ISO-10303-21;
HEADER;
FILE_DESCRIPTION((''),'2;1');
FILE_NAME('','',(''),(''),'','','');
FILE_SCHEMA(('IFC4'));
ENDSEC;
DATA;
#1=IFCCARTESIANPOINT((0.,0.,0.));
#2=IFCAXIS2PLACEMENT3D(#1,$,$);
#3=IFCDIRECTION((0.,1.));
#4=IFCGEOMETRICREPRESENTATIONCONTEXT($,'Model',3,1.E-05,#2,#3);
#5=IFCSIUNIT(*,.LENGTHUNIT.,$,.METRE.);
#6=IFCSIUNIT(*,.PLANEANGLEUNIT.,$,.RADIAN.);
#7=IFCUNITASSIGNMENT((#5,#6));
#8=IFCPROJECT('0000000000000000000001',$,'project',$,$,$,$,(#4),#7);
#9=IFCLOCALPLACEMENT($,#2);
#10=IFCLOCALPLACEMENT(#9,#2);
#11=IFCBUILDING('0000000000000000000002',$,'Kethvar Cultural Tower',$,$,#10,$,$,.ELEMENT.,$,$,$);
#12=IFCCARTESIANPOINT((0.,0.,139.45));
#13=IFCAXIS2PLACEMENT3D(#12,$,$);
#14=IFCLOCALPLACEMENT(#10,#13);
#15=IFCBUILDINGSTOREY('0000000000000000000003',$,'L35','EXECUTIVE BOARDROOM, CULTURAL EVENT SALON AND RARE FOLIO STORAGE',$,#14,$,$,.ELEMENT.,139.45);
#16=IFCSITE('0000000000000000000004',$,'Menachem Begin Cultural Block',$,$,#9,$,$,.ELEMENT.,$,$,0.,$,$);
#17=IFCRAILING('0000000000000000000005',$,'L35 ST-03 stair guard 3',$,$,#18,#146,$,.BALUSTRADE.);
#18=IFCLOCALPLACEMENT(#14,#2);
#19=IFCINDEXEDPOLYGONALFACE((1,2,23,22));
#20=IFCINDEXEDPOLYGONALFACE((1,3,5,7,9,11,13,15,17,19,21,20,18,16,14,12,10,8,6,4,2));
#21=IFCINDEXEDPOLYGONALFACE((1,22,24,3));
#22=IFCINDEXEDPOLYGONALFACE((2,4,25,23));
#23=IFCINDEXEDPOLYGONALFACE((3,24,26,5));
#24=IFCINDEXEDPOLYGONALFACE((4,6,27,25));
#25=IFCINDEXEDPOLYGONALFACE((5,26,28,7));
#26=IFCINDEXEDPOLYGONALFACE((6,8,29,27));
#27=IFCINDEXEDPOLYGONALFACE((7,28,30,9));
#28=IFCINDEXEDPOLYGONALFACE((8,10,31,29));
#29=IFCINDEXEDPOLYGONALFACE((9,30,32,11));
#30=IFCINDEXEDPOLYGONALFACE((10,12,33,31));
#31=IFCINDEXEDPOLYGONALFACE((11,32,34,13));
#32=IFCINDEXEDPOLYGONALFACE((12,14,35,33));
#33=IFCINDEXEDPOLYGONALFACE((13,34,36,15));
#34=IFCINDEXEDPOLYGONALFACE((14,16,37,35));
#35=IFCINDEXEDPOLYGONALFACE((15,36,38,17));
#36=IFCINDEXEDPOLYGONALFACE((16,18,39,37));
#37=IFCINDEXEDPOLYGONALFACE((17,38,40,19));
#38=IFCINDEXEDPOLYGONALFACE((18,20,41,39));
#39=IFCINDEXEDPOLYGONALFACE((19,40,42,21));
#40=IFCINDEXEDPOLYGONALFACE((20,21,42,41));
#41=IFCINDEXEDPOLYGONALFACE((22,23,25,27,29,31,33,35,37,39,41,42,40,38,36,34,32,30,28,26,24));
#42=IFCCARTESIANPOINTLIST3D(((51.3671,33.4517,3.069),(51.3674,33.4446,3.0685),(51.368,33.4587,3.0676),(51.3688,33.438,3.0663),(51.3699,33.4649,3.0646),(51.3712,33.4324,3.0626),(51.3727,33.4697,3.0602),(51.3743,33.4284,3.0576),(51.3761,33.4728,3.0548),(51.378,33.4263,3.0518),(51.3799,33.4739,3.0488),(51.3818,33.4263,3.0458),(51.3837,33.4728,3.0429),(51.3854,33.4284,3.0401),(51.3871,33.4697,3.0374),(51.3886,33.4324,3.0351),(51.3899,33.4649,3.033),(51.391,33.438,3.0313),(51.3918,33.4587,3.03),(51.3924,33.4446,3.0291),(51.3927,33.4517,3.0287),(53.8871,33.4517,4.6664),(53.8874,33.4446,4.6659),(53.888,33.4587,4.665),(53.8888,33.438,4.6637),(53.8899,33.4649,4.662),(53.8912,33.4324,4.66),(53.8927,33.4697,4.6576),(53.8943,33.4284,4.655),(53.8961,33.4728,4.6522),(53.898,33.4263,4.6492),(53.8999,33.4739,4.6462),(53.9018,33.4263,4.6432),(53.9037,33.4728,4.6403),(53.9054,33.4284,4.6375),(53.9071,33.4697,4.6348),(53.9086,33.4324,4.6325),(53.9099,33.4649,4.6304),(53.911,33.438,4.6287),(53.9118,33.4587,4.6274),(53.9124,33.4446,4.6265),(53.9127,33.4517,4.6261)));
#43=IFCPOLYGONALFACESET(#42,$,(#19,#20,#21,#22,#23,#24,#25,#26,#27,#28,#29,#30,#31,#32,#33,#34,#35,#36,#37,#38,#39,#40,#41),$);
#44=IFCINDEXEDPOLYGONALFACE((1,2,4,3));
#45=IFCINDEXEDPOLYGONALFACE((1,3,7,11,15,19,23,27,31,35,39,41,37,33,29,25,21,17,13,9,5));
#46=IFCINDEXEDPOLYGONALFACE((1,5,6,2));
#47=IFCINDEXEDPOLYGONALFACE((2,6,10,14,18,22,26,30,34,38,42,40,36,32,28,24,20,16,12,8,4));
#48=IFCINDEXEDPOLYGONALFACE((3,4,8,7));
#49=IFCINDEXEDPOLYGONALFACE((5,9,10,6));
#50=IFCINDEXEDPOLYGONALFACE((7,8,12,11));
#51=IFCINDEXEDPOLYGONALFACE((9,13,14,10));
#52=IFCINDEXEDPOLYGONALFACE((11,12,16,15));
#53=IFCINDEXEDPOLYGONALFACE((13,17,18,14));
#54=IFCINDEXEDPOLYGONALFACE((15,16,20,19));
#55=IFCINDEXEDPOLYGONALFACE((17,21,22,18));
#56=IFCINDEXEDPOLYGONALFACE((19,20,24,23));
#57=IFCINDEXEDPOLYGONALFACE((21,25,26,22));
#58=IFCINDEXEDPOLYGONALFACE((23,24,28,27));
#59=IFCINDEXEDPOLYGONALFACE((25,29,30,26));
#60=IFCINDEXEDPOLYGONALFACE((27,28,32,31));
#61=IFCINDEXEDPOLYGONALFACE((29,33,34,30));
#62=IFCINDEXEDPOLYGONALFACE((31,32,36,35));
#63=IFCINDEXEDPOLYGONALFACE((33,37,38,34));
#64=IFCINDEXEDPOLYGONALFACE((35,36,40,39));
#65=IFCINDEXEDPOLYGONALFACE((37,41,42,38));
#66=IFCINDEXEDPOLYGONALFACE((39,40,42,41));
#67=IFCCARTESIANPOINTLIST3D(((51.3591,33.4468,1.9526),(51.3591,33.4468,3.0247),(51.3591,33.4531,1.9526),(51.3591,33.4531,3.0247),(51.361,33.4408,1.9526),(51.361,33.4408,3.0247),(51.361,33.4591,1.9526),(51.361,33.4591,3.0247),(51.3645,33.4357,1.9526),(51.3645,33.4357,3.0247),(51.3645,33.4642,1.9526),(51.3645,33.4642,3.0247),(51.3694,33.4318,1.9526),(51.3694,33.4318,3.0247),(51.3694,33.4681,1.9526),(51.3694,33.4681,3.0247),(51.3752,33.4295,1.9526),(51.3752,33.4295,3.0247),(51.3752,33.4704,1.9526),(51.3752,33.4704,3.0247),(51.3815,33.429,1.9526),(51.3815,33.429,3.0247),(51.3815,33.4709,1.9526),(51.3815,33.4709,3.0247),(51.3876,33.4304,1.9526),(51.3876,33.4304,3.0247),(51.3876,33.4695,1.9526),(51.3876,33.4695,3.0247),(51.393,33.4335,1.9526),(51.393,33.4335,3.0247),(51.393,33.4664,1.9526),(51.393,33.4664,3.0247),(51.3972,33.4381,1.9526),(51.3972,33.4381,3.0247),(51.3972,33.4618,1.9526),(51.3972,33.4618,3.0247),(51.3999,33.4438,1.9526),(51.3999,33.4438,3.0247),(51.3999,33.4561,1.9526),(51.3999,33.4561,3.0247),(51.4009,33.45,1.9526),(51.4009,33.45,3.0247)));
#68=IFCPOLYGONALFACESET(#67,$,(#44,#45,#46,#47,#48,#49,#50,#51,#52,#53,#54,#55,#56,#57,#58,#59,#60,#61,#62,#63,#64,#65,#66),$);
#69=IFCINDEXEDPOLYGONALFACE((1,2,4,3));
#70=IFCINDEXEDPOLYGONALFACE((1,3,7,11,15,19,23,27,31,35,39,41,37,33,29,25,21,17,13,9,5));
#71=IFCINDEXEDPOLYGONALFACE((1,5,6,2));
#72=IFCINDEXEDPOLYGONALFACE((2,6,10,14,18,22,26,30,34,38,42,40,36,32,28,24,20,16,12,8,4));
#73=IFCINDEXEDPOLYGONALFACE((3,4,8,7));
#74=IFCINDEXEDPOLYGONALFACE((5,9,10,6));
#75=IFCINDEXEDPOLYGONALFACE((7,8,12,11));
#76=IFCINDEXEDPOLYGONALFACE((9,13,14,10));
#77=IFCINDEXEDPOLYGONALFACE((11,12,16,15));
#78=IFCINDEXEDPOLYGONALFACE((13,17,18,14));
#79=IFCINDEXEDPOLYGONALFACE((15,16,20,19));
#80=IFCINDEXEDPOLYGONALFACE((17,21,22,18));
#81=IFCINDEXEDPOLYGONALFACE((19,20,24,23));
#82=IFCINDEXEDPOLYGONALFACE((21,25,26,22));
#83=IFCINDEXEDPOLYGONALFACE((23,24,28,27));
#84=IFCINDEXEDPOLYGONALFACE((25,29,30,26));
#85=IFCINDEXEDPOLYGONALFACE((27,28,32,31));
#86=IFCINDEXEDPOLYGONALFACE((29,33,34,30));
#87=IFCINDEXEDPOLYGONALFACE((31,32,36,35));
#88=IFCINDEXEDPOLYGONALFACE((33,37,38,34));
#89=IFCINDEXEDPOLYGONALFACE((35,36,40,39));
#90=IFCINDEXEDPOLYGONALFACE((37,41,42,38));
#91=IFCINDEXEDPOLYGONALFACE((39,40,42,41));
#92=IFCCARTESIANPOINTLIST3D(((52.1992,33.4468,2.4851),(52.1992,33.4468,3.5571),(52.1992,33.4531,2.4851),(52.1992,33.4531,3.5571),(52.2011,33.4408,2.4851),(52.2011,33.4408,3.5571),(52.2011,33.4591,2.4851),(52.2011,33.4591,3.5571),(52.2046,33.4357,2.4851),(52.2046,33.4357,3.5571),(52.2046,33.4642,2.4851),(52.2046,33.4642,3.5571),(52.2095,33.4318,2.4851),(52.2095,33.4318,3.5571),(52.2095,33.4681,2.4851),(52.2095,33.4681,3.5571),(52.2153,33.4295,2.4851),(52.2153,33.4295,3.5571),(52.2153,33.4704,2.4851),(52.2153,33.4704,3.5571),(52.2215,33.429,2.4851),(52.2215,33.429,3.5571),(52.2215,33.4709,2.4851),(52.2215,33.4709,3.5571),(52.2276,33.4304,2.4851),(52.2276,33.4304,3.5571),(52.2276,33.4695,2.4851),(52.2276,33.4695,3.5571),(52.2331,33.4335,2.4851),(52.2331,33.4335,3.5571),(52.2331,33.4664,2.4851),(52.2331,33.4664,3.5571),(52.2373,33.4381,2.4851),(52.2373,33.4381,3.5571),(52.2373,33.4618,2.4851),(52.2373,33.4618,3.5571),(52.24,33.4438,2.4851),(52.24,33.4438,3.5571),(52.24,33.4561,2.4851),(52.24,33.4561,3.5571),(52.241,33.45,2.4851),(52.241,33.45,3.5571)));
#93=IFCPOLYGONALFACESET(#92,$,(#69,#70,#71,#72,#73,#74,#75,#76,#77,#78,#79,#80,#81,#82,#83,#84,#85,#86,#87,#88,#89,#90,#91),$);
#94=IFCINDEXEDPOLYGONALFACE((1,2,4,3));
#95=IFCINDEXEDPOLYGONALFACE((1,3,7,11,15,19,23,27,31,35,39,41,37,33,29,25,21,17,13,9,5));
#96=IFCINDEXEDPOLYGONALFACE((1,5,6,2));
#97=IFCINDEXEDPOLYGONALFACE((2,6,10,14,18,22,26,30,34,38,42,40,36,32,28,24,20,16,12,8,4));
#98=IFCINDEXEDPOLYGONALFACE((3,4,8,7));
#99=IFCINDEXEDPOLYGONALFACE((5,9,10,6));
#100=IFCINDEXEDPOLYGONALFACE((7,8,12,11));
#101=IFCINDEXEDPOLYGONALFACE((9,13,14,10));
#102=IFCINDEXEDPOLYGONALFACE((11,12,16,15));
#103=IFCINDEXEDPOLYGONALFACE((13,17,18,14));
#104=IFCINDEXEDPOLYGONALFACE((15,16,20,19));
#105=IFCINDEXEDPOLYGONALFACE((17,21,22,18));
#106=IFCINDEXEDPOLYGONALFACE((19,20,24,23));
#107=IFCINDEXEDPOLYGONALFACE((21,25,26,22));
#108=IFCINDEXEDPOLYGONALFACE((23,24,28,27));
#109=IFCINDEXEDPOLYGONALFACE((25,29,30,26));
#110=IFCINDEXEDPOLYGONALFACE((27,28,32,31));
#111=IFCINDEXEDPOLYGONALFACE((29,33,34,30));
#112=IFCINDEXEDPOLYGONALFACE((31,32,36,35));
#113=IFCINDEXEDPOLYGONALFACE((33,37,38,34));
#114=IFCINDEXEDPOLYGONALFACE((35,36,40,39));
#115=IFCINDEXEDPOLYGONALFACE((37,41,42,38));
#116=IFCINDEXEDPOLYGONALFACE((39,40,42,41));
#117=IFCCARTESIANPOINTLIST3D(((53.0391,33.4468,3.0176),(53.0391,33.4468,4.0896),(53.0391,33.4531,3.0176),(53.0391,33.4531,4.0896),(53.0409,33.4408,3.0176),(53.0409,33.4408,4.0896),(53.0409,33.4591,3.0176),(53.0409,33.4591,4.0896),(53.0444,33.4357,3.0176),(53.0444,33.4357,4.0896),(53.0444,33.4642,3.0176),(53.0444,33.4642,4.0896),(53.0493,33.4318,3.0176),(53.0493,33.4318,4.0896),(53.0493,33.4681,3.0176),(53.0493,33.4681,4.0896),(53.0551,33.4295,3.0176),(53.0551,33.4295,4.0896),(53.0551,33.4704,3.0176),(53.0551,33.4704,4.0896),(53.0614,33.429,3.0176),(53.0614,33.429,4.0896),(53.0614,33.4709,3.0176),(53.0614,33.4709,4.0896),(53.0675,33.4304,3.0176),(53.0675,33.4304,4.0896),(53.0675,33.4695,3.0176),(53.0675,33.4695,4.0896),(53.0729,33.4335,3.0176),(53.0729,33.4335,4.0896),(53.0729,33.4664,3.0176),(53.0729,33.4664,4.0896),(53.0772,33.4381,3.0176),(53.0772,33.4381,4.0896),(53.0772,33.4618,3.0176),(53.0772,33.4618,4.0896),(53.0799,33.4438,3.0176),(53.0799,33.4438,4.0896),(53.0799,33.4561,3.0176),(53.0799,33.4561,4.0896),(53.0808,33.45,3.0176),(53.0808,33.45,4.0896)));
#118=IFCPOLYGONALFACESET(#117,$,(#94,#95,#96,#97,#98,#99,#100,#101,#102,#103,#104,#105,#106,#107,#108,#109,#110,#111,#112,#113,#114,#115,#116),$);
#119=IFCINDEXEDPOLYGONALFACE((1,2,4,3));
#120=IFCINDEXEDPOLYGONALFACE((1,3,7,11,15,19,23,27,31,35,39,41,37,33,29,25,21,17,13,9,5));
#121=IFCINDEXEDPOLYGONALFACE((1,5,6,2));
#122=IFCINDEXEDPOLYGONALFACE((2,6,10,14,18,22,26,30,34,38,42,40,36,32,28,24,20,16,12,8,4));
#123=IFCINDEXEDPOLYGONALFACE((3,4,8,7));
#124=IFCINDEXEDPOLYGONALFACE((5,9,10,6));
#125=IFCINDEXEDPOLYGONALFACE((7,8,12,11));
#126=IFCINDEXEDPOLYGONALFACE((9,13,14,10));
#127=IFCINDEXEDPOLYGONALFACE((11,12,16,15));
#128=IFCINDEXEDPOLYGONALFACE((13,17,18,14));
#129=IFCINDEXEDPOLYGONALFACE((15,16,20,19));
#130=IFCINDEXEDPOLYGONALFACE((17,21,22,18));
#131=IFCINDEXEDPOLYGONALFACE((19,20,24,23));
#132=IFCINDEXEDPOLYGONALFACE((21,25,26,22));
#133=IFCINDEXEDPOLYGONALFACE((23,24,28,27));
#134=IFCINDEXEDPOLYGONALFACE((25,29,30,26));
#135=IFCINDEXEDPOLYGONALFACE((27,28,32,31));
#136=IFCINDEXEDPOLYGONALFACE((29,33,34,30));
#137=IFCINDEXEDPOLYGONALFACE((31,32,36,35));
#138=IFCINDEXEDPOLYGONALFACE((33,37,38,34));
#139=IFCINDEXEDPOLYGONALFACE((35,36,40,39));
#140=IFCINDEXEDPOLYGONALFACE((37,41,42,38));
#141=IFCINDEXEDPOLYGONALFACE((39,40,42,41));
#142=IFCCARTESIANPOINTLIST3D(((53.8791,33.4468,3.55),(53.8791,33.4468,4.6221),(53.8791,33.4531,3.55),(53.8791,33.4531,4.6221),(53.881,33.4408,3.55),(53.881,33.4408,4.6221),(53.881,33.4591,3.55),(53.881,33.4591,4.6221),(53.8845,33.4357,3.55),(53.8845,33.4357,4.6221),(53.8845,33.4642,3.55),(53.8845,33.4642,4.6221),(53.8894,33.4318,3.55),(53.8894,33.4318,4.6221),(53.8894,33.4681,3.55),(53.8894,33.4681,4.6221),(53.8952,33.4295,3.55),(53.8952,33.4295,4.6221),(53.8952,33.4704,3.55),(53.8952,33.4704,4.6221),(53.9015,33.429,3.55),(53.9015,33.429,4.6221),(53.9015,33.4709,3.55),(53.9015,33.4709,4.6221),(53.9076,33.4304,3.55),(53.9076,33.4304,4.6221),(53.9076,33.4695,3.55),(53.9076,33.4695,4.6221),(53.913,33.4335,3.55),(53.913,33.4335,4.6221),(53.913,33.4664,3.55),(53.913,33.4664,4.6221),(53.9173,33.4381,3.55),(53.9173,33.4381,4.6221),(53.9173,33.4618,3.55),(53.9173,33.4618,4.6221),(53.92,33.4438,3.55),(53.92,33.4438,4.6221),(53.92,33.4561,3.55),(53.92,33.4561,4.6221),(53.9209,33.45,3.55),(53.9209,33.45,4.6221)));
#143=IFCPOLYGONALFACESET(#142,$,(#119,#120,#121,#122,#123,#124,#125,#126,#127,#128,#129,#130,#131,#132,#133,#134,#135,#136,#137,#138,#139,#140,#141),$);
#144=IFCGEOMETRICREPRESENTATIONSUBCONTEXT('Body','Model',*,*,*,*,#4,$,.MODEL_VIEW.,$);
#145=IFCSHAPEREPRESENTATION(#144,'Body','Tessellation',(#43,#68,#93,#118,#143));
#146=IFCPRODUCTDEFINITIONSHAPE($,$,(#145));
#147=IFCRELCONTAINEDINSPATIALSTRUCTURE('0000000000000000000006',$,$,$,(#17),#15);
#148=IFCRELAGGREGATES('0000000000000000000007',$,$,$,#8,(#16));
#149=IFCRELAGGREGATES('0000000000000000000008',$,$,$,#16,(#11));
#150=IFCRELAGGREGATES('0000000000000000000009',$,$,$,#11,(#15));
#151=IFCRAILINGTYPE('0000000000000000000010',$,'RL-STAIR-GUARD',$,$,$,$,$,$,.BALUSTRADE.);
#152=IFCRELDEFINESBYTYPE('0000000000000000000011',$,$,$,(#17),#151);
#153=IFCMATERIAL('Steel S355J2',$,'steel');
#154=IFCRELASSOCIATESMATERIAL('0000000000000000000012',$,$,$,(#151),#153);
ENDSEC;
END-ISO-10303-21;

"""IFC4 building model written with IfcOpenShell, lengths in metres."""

from ifc_helpers import new_model, si_unit, direction, frame, origin, origin_2d, place, context, subcontext, project, spatial, circle, extrude, material, type_object, element, save


model = new_model("IFC4")

# Units and contexts
model_context = context("Model", 3, precision=1e-05, world=origin(), true_north=direction((0.0, 1.0)))
body_context = subcontext(model_context, "Body", "Model", "MODEL_VIEW")
ifc_project = project(units=[si_unit("LENGTHUNIT", "METRE"), si_unit("PLANEANGLEUNIT", "RADIAN")], contexts=[model_context])

# Site, building, storey
site_placement = place(None, origin())
site = spatial("IfcSite", under=ifc_project, at=site_placement, Name="Menachem Begin Cultural Block", CompositionType="ELEMENT", RefElevation=0.0)
building_placement = place(site_placement, origin())
building = spatial("IfcBuilding", under=site, at=building_placement, Name="Kethvar Cultural Tower", CompositionType="ELEMENT")
storey_placement = place(building_placement, frame((0.0, 0.0, 139.45)))
storey = spatial("IfcBuildingStorey", under=building, at=storey_placement, Name="L35", Description="EXECUTIVE BOARDROOM, CULTURAL EVENT SALON AND RARE FOLIO STORAGE", CompositionType="ELEMENT", Elevation=139.45)

# Shared definitions
ifc_material_1 = material(Name="Steel S355J2", Category="steel")

# Railing
railing_type_1 = type_object("IfcRailingType", Name="RL-STAIR-GUARD", PredefinedType="BALUSTRADE", material=ifc_material_1)
railing_1_placement = place(storey_placement, frame((51.3799, 33.45, 1.9526)))
element("IfcRailing", 1, at=railing_1_placement, inside=storey, type_object=railing_type_1, Name="L35 ST-03 stair guard 3", PredefinedType="BALUSTRADE", context=body_context, shape_type="SweptSolid", body=[
    extrude(circle(Radius=0.0239, at=origin_2d()), frame((0.0, 0.0, 1.0962), z_axis=(0.844607, 0.0, 0.535387), x_axis=(0.0, 1.0, 0.0)), (0.0, 0.0, 1.0), 2.9836),
    extrude(circle(Radius=0.021, at=origin_2d()), origin(), (0.0, 0.0, 1.0), 1.072),
    extrude(circle(Radius=0.021, at=origin_2d()), frame((0.8401, 0.0, 0.5325)), (0.0, 0.0, 1.0), 1.072),
    extrude(circle(Radius=0.021, at=origin_2d()), frame((1.6799, 0.0, 1.0649)), (0.0, 0.0, 1.0), 1.072),
    extrude(circle(Radius=0.021, at=origin_2d()), frame((2.52, 0.0, 1.5974)), (0.0, 0.0, 1.0), 1.072),
])

save(model, "model.ifc")
